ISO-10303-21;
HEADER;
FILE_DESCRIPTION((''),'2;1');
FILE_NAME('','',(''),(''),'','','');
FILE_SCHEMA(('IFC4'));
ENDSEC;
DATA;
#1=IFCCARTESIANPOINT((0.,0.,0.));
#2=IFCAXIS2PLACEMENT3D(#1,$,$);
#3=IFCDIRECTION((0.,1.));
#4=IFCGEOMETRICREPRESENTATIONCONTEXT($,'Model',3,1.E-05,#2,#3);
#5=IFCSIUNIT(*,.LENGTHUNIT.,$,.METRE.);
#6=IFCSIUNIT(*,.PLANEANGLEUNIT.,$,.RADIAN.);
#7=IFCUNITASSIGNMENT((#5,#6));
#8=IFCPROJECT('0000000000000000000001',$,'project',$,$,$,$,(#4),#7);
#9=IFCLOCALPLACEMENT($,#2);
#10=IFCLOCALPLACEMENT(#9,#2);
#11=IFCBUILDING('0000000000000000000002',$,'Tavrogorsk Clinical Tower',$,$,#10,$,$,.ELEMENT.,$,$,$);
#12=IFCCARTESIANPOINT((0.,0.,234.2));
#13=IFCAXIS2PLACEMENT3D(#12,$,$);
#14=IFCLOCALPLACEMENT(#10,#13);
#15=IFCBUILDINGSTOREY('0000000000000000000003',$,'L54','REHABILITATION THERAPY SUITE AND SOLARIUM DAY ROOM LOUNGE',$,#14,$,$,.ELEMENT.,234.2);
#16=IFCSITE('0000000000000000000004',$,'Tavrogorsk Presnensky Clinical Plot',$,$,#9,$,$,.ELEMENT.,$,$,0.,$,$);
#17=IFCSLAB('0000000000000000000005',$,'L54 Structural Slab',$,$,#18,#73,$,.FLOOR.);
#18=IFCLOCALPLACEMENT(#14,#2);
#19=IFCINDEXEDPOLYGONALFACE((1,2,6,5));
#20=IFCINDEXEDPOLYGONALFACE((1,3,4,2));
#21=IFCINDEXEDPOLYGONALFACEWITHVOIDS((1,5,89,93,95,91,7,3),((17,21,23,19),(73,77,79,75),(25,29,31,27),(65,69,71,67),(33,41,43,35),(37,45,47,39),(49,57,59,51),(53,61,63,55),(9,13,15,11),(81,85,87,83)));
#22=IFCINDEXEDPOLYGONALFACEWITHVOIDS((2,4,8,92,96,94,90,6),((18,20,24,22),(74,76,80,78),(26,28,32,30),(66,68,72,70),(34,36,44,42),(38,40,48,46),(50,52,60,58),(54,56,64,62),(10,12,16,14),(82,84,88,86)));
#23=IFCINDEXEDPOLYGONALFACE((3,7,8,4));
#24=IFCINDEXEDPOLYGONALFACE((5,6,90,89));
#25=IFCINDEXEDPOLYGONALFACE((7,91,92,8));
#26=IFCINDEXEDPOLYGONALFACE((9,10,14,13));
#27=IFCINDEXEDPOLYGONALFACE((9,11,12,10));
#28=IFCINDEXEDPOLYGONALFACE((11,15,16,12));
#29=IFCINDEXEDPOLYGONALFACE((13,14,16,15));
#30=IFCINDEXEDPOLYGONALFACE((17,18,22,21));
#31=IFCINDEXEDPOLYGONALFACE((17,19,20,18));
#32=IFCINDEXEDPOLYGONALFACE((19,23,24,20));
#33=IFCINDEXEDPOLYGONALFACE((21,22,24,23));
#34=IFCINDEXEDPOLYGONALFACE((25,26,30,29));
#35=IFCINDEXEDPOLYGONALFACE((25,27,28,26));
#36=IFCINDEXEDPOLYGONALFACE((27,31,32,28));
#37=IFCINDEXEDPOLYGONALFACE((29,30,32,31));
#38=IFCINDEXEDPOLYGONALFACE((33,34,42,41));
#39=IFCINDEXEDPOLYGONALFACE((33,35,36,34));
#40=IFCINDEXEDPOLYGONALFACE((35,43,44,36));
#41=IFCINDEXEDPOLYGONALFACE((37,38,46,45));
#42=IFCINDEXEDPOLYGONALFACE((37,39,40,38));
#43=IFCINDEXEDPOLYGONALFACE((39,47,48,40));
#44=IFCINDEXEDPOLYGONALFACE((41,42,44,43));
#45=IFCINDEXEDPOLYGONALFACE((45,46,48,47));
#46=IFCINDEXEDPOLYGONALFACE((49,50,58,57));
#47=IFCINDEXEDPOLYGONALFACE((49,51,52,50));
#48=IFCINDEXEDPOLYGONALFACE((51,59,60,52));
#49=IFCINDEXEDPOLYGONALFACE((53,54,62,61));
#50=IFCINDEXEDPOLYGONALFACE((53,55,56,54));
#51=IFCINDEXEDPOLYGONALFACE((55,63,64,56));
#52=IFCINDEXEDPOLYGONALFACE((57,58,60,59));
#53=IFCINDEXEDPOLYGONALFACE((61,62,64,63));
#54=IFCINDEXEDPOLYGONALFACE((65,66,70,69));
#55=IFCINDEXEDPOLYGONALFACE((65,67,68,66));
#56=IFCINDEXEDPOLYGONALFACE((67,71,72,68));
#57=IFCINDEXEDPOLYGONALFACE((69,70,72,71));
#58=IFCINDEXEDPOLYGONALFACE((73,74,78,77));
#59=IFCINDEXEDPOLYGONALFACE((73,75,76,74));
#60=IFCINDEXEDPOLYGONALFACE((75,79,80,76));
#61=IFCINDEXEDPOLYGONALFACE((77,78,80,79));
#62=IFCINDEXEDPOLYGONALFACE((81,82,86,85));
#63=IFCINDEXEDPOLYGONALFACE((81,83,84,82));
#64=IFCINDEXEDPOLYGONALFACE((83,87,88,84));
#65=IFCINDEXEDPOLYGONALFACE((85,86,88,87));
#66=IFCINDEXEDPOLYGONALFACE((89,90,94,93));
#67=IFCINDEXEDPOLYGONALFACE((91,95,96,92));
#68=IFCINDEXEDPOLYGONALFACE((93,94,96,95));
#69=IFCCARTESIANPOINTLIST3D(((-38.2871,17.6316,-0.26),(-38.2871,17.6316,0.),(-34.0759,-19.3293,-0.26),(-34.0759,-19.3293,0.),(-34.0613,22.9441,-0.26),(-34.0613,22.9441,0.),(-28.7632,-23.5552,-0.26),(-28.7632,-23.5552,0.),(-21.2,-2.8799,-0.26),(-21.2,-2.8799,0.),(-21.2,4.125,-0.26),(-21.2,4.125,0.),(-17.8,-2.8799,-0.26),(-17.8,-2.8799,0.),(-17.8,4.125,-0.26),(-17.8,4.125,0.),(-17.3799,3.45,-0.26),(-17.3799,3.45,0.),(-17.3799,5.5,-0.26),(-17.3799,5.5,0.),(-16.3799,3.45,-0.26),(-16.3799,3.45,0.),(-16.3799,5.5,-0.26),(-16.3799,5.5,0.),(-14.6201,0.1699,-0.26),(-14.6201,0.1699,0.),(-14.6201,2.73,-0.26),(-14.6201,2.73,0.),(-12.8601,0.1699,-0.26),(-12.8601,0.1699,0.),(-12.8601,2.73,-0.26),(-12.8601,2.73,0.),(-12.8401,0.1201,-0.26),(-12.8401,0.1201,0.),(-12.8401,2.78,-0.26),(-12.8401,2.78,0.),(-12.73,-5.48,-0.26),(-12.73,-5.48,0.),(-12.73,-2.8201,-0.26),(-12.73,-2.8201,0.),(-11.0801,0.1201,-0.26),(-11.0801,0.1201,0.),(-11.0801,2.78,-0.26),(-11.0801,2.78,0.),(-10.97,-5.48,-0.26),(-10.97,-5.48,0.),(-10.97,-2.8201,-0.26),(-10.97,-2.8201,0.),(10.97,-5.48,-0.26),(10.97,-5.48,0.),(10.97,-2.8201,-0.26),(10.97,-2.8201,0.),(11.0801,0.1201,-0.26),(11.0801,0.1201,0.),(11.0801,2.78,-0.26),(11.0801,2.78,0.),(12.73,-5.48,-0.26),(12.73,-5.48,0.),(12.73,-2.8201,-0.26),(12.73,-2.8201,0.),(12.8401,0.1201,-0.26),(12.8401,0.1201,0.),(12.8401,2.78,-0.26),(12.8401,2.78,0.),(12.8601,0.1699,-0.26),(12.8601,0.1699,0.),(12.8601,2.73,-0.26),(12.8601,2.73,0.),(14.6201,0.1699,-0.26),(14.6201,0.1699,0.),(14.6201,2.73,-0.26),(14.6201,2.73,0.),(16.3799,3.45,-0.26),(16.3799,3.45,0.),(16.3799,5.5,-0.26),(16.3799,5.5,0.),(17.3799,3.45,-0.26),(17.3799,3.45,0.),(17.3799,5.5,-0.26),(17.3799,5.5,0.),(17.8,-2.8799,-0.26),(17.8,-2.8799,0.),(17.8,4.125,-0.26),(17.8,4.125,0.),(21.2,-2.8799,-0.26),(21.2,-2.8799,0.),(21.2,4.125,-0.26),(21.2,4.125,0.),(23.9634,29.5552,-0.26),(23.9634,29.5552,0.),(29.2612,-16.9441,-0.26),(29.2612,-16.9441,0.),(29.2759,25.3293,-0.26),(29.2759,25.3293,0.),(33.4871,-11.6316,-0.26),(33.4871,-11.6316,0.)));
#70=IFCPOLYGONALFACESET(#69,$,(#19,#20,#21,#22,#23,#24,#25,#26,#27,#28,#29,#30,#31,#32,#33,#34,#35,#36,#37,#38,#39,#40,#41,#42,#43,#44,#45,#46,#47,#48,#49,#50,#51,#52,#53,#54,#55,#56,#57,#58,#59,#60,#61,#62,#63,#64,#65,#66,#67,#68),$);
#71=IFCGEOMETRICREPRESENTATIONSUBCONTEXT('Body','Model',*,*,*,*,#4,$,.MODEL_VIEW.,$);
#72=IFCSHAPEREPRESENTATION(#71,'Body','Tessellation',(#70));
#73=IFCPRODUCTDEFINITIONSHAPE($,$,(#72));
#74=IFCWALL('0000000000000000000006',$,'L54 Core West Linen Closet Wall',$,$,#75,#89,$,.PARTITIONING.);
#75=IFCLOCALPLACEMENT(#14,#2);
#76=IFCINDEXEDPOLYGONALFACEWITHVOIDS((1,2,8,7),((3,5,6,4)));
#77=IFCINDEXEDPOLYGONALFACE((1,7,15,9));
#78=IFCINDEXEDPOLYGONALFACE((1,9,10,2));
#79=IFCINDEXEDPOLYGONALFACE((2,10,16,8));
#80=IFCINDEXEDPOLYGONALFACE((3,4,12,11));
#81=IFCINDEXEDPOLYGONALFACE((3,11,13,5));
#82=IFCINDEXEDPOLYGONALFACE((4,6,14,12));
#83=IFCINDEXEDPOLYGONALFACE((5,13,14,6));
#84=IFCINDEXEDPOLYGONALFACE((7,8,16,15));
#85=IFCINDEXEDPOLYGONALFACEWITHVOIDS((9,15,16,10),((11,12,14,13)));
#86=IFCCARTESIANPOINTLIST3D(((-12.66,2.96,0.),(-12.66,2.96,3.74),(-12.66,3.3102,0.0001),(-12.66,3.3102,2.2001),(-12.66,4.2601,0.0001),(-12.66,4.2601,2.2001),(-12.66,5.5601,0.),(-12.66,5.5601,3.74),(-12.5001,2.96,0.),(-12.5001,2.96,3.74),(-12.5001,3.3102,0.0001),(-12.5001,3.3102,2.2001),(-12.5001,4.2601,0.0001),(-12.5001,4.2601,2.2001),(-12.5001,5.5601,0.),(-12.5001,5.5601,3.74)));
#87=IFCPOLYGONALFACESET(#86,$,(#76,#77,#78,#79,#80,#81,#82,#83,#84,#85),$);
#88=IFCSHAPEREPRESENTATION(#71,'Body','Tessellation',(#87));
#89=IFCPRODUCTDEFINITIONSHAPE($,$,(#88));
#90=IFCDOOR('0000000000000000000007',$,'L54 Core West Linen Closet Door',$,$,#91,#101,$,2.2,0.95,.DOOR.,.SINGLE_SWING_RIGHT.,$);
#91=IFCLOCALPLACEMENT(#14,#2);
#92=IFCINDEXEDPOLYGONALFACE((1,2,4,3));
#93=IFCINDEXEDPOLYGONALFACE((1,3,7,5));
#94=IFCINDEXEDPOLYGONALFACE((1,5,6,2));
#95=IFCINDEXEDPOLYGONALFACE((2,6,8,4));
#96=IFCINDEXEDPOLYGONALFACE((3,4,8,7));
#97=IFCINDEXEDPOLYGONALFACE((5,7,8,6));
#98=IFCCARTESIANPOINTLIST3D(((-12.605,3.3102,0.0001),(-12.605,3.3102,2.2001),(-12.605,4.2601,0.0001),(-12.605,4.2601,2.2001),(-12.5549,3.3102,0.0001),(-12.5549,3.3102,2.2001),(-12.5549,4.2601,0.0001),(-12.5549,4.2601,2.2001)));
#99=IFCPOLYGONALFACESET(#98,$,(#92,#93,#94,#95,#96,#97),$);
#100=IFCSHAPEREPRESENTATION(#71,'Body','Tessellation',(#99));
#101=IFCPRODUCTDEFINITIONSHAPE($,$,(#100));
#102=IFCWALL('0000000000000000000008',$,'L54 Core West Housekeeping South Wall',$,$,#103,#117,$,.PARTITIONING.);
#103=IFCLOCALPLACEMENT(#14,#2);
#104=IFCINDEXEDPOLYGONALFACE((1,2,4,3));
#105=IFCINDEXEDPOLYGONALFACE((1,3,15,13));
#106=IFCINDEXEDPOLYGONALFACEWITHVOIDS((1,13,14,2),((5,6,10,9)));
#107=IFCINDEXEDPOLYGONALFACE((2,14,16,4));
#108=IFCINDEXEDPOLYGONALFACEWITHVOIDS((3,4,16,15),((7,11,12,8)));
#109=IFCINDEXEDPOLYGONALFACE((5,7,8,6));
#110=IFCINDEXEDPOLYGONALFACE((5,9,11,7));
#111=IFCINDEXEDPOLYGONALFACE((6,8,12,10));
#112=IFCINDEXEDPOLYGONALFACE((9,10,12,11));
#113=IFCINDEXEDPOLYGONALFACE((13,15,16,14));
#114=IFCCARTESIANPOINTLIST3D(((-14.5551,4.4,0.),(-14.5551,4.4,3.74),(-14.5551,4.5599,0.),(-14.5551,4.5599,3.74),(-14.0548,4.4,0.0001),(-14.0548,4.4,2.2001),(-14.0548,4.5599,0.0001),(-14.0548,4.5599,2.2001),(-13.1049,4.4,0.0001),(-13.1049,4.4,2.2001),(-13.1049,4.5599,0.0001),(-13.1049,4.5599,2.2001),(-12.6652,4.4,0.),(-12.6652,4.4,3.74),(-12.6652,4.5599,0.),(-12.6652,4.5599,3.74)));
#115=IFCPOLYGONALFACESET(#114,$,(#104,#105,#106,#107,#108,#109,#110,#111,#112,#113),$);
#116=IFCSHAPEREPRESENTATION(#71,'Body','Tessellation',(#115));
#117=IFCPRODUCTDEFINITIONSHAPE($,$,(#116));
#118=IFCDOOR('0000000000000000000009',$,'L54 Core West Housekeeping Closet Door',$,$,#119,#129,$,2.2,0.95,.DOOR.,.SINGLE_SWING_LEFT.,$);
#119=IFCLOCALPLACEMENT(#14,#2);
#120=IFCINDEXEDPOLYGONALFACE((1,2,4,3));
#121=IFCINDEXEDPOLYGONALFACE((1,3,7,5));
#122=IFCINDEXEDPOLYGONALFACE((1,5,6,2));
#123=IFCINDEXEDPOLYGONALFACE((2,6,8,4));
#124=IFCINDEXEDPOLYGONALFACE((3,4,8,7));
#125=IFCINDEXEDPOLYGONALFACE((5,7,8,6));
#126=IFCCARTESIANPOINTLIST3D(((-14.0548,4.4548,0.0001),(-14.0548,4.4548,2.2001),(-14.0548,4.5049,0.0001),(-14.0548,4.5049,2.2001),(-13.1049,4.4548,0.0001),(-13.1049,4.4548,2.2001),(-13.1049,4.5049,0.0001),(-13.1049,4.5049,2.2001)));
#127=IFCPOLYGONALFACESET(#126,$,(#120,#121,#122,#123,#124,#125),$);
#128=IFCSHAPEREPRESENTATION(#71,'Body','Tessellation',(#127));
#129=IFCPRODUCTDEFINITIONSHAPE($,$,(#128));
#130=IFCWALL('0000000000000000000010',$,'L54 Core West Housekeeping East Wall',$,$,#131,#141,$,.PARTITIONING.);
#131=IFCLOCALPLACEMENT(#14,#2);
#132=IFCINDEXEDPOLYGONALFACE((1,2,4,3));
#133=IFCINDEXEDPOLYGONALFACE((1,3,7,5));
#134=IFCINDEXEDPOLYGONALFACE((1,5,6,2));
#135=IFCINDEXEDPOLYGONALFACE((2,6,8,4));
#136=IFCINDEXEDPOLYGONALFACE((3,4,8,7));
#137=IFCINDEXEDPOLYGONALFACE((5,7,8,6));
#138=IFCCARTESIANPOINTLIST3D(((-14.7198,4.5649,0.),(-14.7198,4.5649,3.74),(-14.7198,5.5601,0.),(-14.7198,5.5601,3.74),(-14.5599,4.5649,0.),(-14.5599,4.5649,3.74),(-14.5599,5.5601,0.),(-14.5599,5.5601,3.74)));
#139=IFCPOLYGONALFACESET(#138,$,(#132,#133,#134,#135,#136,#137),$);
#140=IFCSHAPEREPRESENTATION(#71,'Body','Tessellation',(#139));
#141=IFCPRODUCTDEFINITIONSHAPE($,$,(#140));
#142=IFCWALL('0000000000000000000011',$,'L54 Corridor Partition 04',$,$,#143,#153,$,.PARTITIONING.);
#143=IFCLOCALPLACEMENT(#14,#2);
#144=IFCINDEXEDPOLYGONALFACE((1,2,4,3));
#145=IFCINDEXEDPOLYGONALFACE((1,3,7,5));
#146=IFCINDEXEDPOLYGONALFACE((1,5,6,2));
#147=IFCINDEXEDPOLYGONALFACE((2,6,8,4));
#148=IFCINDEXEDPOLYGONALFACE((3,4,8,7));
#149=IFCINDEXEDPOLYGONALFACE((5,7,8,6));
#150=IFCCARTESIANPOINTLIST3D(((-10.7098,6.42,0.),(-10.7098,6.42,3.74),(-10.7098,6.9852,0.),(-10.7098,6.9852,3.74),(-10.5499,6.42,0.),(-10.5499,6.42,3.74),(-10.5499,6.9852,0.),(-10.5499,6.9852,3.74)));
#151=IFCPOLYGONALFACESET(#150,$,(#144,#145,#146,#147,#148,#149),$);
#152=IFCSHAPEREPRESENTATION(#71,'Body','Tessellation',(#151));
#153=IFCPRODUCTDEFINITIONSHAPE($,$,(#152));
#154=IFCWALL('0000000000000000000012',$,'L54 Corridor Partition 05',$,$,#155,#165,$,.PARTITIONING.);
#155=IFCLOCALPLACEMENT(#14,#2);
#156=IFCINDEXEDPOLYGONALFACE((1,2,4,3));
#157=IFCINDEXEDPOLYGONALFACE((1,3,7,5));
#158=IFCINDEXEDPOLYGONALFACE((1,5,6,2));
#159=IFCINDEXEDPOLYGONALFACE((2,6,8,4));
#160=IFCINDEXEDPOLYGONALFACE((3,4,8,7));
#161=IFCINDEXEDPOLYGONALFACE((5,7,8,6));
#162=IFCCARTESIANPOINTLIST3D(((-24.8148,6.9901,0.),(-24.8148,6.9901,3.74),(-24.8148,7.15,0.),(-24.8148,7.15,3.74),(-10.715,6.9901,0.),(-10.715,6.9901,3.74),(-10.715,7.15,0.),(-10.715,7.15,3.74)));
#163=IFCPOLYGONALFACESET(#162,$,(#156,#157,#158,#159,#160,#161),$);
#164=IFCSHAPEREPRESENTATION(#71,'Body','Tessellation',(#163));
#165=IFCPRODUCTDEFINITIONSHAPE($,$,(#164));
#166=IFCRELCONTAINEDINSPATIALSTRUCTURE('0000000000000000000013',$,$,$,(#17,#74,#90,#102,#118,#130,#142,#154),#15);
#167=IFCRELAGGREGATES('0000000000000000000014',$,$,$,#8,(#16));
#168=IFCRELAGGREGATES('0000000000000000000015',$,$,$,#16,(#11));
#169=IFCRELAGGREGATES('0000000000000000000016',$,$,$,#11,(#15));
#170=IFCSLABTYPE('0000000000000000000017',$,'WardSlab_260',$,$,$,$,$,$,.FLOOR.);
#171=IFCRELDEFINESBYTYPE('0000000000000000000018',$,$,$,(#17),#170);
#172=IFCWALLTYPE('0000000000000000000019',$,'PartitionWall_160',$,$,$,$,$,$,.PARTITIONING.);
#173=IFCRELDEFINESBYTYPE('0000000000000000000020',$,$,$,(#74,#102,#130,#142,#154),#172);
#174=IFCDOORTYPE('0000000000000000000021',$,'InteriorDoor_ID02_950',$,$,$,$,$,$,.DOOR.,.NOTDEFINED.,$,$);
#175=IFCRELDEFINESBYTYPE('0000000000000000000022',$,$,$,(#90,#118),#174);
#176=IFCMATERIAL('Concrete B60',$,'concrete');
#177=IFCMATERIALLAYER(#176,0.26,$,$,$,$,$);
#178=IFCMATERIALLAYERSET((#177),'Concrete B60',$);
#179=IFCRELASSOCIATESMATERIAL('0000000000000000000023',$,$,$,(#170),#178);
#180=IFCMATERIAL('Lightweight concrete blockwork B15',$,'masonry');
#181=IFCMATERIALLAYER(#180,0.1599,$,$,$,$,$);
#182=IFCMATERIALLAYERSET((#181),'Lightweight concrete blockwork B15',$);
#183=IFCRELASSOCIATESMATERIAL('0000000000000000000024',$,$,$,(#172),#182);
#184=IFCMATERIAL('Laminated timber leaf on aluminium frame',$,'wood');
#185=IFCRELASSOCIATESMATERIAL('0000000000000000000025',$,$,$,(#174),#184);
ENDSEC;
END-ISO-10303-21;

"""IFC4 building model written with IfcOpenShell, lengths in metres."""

from ifc_helpers import new_model, si_unit, direction, frame, frame_2d, origin, place, context, subcontext, project, spatial, polyline, rectangle, outline, extrude, material, layer, layer_set, type_object, element, fill, save


model = new_model("IFC4")

# Units and contexts
model_context = context("Model", 3, precision=1e-05, world=origin(), true_north=direction((0.0, 1.0)))
body_context = subcontext(model_context, "Body", "Model", "MODEL_VIEW")
ifc_project = project(units=[si_unit("LENGTHUNIT", "METRE"), si_unit("PLANEANGLEUNIT", "RADIAN")], contexts=[model_context])

# Site, building, storey
site_placement = place(None, origin())
site = spatial("IfcSite", under=ifc_project, at=site_placement, Name="Tavrogorsk Presnensky Clinical Plot", CompositionType="ELEMENT", RefElevation=0.0)
building_placement = place(site_placement, origin())
building = spatial("IfcBuilding", under=site, at=building_placement, Name="Tavrogorsk Clinical Tower", CompositionType="ELEMENT")
storey_placement = place(building_placement, frame((0.0, 0.0, 234.2)))
storey = spatial("IfcBuildingStorey", under=building, at=storey_placement, Name="L54", Description="REHABILITATION THERAPY SUITE AND SOLARIUM DAY ROOM LOUNGE", CompositionType="ELEMENT", Elevation=234.2)

# Slab
ifc_material_1 = material(Name="Concrete B60", Category="concrete")
ifc_layer_1 = layer(ifc_material_1, 0.26)
ifc_layer_set_1 = layer_set([ifc_layer_1], Name="Concrete B60")
slab_type = type_object("IfcSlabType", Name="WardSlab_260", PredefinedType="FLOOR", material=ifc_layer_set_1)
slab_placement = place(storey_placement, frame((0.0, 0.0, -0.26)))
element("IfcSlab", 1, at=slab_placement, inside=storey, type_object=slab_type, Name="L54 Structural Slab", PredefinedType="FLOOR", context=body_context, shape_type="SweptSolid", body=[
    extrude(outline(polyline([(-28.7632, -23.5552), (29.2612, -16.9441), (33.4871, -11.6316), (29.2759, 25.3293), (23.9634, 29.5552), (-34.0613, 22.9441), (-38.2871, 17.6316), (-34.0759, -19.3293), (-28.7632, -23.5552)]), holes=[polyline([(-17.8, -2.8799), (-17.8, 4.125), (-21.2, 4.125), (-21.2, -2.8799), (-17.8, -2.8799)]), polyline([(21.2, -2.8799), (21.2, 4.125), (17.8, 4.125), (17.8, -2.8799), (21.2, -2.8799)]), polyline([(-14.6201, 0.1699), (-12.8601, 0.1699), (-12.8601, 2.73), (-14.6201, 2.73), (-14.6201, 0.1699)]), polyline([(-12.73, -5.48), (-10.97, -5.48), (-10.97, -2.8201), (-12.73, -2.8201), (-12.73, -5.48)]), polyline([(-12.8401, 0.1201), (-11.0801, 0.1201), (-11.0801, 2.78), (-12.8401, 2.78), (-12.8401, 0.1201)]), polyline([(12.8601, 0.1699), (14.6201, 0.1699), (14.6201, 2.73), (12.8601, 2.73), (12.8601, 0.1699)]), polyline([(10.97, -5.48), (12.73, -5.48), (12.73, -2.8201), (10.97, -2.8201), (10.97, -5.48)]), polyline([(11.0801, 0.1201), (12.8401, 0.1201), (12.8401, 2.78), (11.0801, 2.78), (11.0801, 0.1201)]), polyline([(-17.3799, 3.45), (-16.3799, 3.45), (-16.3799, 5.5), (-17.3799, 5.5), (-17.3799, 3.45)]), polyline([(16.3799, 3.45), (17.3799, 3.45), (17.3799, 5.5), (16.3799, 5.5), (16.3799, 3.45)])]), origin(), (0.0, 0.0, 1.0), 0.26),
])

# Walls, openings, doors
ifc_material_2 = material(Name="Lightweight concrete blockwork B15", Category="masonry")
ifc_layer_2 = layer(ifc_material_2, 0.1599)
ifc_layer_set_2 = layer_set([ifc_layer_2], Name="Lightweight concrete blockwork B15")
wall_type_1 = type_object("IfcWallType", Name="PartitionWall_160", PredefinedType="PARTITIONING", material=ifc_layer_set_2)
wall_1_placement = place(storey_placement, frame((-12.5801, 2.96, 0.0), z_axis=(0.0, 0.0, 1.0), x_axis=(0.0, 1.0, 0.0)))
wall_1 = element("IfcWall", 2, at=wall_1_placement, inside=storey, type_object=wall_type_1, Name="L54 Core West Linen Closet Wall", PredefinedType="PARTITIONING", context=body_context, shape_type="SweptSolid", body=[
    extrude(rectangle(XDim=2.6001, YDim=0.1599, at=frame_2d((1.3, 0.0))), origin(), (0.0, 0.0, 1.0), 3.74),
])
opening_1_placement = place(wall_1_placement, frame((0.3501, 0.0, 0.0)))
opening_1 = element("IfcOpeningElement", 3, at=opening_1_placement, cuts=wall_1, PredefinedType="OPENING", context=body_context, shape_type="SweptSolid", body=[
    extrude(rectangle(XDim=0.95, YDim=2.2, at=frame_2d((0.4751, 1.1001))), frame((0.0, 0.0898, 0.0), z_axis=(0.0, -1.0, 0.0), x_axis=(1.0, 0.0, 0.0)), (0.0, 0.0, 1.0), 0.1799),
])
ifc_material_3 = material(Name="Laminated timber leaf on aluminium frame", Category="wood")
door_type_1 = type_object("IfcDoorType", Name="InteriorDoor_ID02_950", OperationType="NOTDEFINED", PredefinedType="DOOR", material=ifc_material_3)
door_1_placement = place(opening_1_placement, origin())
door_1 = element("IfcDoor", 4, at=door_1_placement, inside=storey, type_object=door_type_1, Name="L54 Core West Linen Closet Door", OperationType="SINGLE_SWING_RIGHT", OverallHeight=2.2, OverallWidth=0.95, PredefinedType="DOOR", context=body_context, shape_type="SweptSolid", body=[
    extrude(rectangle(XDim=0.95, YDim=2.2, at=frame_2d((0.4751, 1.1001))), frame((0.0, 0.0249, 0.0), z_axis=(0.0, -1.0, 0.0), x_axis=(1.0, 0.0, 0.0)), (0.0, 0.0, 1.0), 0.05),
])
fill(opening_1, door_1)
wall_2_placement = place(storey_placement, frame((-14.5549, 4.48, 0.0), z_axis=(0.0, 0.0, 1.0), x_axis=(1.0, 0.0, 0.0)))
wall_2 = element("IfcWall", 5, at=wall_2_placement, inside=storey, type_object=wall_type_1, Name="L54 Core West Housekeeping South Wall", PredefinedType="PARTITIONING", context=body_context, shape_type="SweptSolid", body=[
    extrude(rectangle(XDim=1.8899, YDim=0.1599, at=frame_2d((0.9448, 0.0))), origin(), (0.0, 0.0, 1.0), 3.74),
])
opening_2_placement = place(wall_2_placement, frame((0.5, 0.0, 0.0)))
opening_2 = element("IfcOpeningElement", 6, at=opening_2_placement, cuts=wall_2, PredefinedType="OPENING", context=body_context, shape_type="SweptSolid", body=[
    extrude(rectangle(XDim=0.95, YDim=2.2, at=frame_2d((0.4751, 1.1001))), frame((0.0, 0.0898, 0.0), z_axis=(0.0, -1.0, 0.0), x_axis=(1.0, 0.0, 0.0)), (0.0, 0.0, 1.0), 0.1799),
])
door_2_placement = place(opening_2_placement, origin())
door_2 = element("IfcDoor", 7, at=door_2_placement, inside=storey, type_object=door_type_1, Name="L54 Core West Housekeeping Closet Door", OperationType="SINGLE_SWING_LEFT", OverallHeight=2.2, OverallWidth=0.95, PredefinedType="DOOR", context=body_context, shape_type="SweptSolid", body=[
    extrude(rectangle(XDim=0.95, YDim=2.2, at=frame_2d((0.4751, 1.1001))), frame((0.0, 0.0249, 0.0), z_axis=(0.0, -1.0, 0.0), x_axis=(1.0, 0.0, 0.0)), (0.0, 0.0, 1.0), 0.05),
])
fill(opening_2, door_2)

# Walls
wall_3_placement = place(storey_placement, frame((-14.6399, 4.5649, 0.0), z_axis=(0.0, 0.0, 1.0), x_axis=(0.0, 1.0, 0.0)))
element("IfcWall", 8, at=wall_3_placement, inside=storey, type_object=wall_type_1, Name="L54 Core West Housekeeping East Wall", PredefinedType="PARTITIONING", context=body_context, shape_type="SweptSolid", body=[
    extrude(rectangle(XDim=0.9951, YDim=0.1599, at=frame_2d((0.4976, 0.0))), origin(), (0.0, 0.0, 1.0), 3.74),
])
wall_4_placement = place(storey_placement, frame((-10.6299, 6.4199, 0.0), z_axis=(0.0, 0.0, 1.0), x_axis=(0.0, 1.0, 0.0)))
element("IfcWall", 9, at=wall_4_placement, inside=storey, type_object=wall_type_1, Name="L54 Corridor Partition 04", PredefinedType="PARTITIONING", context=body_context, shape_type="SweptSolid", body=[
    extrude(rectangle(XDim=0.5652, YDim=0.1599, at=frame_2d((0.2827, 0.0))), origin(), (0.0, 0.0, 1.0), 3.74),
])
wall_5_placement = place(storey_placement, frame((-10.7151, 7.0701, 0.0), z_axis=(0.0, 0.0, 1.0), x_axis=(-1.0, 0.0, 0.0)))
element("IfcWall", 10, at=wall_5_placement, inside=storey, type_object=wall_type_1, Name="L54 Corridor Partition 05", PredefinedType="PARTITIONING", context=body_context, shape_type="SweptSolid", body=[
    extrude(rectangle(XDim=14.0999, YDim=0.1599, at=frame_2d((7.0498, 0.0))), origin(), (0.0, 0.0, 1.0), 3.74),
])

save(model, "model.ifc")
